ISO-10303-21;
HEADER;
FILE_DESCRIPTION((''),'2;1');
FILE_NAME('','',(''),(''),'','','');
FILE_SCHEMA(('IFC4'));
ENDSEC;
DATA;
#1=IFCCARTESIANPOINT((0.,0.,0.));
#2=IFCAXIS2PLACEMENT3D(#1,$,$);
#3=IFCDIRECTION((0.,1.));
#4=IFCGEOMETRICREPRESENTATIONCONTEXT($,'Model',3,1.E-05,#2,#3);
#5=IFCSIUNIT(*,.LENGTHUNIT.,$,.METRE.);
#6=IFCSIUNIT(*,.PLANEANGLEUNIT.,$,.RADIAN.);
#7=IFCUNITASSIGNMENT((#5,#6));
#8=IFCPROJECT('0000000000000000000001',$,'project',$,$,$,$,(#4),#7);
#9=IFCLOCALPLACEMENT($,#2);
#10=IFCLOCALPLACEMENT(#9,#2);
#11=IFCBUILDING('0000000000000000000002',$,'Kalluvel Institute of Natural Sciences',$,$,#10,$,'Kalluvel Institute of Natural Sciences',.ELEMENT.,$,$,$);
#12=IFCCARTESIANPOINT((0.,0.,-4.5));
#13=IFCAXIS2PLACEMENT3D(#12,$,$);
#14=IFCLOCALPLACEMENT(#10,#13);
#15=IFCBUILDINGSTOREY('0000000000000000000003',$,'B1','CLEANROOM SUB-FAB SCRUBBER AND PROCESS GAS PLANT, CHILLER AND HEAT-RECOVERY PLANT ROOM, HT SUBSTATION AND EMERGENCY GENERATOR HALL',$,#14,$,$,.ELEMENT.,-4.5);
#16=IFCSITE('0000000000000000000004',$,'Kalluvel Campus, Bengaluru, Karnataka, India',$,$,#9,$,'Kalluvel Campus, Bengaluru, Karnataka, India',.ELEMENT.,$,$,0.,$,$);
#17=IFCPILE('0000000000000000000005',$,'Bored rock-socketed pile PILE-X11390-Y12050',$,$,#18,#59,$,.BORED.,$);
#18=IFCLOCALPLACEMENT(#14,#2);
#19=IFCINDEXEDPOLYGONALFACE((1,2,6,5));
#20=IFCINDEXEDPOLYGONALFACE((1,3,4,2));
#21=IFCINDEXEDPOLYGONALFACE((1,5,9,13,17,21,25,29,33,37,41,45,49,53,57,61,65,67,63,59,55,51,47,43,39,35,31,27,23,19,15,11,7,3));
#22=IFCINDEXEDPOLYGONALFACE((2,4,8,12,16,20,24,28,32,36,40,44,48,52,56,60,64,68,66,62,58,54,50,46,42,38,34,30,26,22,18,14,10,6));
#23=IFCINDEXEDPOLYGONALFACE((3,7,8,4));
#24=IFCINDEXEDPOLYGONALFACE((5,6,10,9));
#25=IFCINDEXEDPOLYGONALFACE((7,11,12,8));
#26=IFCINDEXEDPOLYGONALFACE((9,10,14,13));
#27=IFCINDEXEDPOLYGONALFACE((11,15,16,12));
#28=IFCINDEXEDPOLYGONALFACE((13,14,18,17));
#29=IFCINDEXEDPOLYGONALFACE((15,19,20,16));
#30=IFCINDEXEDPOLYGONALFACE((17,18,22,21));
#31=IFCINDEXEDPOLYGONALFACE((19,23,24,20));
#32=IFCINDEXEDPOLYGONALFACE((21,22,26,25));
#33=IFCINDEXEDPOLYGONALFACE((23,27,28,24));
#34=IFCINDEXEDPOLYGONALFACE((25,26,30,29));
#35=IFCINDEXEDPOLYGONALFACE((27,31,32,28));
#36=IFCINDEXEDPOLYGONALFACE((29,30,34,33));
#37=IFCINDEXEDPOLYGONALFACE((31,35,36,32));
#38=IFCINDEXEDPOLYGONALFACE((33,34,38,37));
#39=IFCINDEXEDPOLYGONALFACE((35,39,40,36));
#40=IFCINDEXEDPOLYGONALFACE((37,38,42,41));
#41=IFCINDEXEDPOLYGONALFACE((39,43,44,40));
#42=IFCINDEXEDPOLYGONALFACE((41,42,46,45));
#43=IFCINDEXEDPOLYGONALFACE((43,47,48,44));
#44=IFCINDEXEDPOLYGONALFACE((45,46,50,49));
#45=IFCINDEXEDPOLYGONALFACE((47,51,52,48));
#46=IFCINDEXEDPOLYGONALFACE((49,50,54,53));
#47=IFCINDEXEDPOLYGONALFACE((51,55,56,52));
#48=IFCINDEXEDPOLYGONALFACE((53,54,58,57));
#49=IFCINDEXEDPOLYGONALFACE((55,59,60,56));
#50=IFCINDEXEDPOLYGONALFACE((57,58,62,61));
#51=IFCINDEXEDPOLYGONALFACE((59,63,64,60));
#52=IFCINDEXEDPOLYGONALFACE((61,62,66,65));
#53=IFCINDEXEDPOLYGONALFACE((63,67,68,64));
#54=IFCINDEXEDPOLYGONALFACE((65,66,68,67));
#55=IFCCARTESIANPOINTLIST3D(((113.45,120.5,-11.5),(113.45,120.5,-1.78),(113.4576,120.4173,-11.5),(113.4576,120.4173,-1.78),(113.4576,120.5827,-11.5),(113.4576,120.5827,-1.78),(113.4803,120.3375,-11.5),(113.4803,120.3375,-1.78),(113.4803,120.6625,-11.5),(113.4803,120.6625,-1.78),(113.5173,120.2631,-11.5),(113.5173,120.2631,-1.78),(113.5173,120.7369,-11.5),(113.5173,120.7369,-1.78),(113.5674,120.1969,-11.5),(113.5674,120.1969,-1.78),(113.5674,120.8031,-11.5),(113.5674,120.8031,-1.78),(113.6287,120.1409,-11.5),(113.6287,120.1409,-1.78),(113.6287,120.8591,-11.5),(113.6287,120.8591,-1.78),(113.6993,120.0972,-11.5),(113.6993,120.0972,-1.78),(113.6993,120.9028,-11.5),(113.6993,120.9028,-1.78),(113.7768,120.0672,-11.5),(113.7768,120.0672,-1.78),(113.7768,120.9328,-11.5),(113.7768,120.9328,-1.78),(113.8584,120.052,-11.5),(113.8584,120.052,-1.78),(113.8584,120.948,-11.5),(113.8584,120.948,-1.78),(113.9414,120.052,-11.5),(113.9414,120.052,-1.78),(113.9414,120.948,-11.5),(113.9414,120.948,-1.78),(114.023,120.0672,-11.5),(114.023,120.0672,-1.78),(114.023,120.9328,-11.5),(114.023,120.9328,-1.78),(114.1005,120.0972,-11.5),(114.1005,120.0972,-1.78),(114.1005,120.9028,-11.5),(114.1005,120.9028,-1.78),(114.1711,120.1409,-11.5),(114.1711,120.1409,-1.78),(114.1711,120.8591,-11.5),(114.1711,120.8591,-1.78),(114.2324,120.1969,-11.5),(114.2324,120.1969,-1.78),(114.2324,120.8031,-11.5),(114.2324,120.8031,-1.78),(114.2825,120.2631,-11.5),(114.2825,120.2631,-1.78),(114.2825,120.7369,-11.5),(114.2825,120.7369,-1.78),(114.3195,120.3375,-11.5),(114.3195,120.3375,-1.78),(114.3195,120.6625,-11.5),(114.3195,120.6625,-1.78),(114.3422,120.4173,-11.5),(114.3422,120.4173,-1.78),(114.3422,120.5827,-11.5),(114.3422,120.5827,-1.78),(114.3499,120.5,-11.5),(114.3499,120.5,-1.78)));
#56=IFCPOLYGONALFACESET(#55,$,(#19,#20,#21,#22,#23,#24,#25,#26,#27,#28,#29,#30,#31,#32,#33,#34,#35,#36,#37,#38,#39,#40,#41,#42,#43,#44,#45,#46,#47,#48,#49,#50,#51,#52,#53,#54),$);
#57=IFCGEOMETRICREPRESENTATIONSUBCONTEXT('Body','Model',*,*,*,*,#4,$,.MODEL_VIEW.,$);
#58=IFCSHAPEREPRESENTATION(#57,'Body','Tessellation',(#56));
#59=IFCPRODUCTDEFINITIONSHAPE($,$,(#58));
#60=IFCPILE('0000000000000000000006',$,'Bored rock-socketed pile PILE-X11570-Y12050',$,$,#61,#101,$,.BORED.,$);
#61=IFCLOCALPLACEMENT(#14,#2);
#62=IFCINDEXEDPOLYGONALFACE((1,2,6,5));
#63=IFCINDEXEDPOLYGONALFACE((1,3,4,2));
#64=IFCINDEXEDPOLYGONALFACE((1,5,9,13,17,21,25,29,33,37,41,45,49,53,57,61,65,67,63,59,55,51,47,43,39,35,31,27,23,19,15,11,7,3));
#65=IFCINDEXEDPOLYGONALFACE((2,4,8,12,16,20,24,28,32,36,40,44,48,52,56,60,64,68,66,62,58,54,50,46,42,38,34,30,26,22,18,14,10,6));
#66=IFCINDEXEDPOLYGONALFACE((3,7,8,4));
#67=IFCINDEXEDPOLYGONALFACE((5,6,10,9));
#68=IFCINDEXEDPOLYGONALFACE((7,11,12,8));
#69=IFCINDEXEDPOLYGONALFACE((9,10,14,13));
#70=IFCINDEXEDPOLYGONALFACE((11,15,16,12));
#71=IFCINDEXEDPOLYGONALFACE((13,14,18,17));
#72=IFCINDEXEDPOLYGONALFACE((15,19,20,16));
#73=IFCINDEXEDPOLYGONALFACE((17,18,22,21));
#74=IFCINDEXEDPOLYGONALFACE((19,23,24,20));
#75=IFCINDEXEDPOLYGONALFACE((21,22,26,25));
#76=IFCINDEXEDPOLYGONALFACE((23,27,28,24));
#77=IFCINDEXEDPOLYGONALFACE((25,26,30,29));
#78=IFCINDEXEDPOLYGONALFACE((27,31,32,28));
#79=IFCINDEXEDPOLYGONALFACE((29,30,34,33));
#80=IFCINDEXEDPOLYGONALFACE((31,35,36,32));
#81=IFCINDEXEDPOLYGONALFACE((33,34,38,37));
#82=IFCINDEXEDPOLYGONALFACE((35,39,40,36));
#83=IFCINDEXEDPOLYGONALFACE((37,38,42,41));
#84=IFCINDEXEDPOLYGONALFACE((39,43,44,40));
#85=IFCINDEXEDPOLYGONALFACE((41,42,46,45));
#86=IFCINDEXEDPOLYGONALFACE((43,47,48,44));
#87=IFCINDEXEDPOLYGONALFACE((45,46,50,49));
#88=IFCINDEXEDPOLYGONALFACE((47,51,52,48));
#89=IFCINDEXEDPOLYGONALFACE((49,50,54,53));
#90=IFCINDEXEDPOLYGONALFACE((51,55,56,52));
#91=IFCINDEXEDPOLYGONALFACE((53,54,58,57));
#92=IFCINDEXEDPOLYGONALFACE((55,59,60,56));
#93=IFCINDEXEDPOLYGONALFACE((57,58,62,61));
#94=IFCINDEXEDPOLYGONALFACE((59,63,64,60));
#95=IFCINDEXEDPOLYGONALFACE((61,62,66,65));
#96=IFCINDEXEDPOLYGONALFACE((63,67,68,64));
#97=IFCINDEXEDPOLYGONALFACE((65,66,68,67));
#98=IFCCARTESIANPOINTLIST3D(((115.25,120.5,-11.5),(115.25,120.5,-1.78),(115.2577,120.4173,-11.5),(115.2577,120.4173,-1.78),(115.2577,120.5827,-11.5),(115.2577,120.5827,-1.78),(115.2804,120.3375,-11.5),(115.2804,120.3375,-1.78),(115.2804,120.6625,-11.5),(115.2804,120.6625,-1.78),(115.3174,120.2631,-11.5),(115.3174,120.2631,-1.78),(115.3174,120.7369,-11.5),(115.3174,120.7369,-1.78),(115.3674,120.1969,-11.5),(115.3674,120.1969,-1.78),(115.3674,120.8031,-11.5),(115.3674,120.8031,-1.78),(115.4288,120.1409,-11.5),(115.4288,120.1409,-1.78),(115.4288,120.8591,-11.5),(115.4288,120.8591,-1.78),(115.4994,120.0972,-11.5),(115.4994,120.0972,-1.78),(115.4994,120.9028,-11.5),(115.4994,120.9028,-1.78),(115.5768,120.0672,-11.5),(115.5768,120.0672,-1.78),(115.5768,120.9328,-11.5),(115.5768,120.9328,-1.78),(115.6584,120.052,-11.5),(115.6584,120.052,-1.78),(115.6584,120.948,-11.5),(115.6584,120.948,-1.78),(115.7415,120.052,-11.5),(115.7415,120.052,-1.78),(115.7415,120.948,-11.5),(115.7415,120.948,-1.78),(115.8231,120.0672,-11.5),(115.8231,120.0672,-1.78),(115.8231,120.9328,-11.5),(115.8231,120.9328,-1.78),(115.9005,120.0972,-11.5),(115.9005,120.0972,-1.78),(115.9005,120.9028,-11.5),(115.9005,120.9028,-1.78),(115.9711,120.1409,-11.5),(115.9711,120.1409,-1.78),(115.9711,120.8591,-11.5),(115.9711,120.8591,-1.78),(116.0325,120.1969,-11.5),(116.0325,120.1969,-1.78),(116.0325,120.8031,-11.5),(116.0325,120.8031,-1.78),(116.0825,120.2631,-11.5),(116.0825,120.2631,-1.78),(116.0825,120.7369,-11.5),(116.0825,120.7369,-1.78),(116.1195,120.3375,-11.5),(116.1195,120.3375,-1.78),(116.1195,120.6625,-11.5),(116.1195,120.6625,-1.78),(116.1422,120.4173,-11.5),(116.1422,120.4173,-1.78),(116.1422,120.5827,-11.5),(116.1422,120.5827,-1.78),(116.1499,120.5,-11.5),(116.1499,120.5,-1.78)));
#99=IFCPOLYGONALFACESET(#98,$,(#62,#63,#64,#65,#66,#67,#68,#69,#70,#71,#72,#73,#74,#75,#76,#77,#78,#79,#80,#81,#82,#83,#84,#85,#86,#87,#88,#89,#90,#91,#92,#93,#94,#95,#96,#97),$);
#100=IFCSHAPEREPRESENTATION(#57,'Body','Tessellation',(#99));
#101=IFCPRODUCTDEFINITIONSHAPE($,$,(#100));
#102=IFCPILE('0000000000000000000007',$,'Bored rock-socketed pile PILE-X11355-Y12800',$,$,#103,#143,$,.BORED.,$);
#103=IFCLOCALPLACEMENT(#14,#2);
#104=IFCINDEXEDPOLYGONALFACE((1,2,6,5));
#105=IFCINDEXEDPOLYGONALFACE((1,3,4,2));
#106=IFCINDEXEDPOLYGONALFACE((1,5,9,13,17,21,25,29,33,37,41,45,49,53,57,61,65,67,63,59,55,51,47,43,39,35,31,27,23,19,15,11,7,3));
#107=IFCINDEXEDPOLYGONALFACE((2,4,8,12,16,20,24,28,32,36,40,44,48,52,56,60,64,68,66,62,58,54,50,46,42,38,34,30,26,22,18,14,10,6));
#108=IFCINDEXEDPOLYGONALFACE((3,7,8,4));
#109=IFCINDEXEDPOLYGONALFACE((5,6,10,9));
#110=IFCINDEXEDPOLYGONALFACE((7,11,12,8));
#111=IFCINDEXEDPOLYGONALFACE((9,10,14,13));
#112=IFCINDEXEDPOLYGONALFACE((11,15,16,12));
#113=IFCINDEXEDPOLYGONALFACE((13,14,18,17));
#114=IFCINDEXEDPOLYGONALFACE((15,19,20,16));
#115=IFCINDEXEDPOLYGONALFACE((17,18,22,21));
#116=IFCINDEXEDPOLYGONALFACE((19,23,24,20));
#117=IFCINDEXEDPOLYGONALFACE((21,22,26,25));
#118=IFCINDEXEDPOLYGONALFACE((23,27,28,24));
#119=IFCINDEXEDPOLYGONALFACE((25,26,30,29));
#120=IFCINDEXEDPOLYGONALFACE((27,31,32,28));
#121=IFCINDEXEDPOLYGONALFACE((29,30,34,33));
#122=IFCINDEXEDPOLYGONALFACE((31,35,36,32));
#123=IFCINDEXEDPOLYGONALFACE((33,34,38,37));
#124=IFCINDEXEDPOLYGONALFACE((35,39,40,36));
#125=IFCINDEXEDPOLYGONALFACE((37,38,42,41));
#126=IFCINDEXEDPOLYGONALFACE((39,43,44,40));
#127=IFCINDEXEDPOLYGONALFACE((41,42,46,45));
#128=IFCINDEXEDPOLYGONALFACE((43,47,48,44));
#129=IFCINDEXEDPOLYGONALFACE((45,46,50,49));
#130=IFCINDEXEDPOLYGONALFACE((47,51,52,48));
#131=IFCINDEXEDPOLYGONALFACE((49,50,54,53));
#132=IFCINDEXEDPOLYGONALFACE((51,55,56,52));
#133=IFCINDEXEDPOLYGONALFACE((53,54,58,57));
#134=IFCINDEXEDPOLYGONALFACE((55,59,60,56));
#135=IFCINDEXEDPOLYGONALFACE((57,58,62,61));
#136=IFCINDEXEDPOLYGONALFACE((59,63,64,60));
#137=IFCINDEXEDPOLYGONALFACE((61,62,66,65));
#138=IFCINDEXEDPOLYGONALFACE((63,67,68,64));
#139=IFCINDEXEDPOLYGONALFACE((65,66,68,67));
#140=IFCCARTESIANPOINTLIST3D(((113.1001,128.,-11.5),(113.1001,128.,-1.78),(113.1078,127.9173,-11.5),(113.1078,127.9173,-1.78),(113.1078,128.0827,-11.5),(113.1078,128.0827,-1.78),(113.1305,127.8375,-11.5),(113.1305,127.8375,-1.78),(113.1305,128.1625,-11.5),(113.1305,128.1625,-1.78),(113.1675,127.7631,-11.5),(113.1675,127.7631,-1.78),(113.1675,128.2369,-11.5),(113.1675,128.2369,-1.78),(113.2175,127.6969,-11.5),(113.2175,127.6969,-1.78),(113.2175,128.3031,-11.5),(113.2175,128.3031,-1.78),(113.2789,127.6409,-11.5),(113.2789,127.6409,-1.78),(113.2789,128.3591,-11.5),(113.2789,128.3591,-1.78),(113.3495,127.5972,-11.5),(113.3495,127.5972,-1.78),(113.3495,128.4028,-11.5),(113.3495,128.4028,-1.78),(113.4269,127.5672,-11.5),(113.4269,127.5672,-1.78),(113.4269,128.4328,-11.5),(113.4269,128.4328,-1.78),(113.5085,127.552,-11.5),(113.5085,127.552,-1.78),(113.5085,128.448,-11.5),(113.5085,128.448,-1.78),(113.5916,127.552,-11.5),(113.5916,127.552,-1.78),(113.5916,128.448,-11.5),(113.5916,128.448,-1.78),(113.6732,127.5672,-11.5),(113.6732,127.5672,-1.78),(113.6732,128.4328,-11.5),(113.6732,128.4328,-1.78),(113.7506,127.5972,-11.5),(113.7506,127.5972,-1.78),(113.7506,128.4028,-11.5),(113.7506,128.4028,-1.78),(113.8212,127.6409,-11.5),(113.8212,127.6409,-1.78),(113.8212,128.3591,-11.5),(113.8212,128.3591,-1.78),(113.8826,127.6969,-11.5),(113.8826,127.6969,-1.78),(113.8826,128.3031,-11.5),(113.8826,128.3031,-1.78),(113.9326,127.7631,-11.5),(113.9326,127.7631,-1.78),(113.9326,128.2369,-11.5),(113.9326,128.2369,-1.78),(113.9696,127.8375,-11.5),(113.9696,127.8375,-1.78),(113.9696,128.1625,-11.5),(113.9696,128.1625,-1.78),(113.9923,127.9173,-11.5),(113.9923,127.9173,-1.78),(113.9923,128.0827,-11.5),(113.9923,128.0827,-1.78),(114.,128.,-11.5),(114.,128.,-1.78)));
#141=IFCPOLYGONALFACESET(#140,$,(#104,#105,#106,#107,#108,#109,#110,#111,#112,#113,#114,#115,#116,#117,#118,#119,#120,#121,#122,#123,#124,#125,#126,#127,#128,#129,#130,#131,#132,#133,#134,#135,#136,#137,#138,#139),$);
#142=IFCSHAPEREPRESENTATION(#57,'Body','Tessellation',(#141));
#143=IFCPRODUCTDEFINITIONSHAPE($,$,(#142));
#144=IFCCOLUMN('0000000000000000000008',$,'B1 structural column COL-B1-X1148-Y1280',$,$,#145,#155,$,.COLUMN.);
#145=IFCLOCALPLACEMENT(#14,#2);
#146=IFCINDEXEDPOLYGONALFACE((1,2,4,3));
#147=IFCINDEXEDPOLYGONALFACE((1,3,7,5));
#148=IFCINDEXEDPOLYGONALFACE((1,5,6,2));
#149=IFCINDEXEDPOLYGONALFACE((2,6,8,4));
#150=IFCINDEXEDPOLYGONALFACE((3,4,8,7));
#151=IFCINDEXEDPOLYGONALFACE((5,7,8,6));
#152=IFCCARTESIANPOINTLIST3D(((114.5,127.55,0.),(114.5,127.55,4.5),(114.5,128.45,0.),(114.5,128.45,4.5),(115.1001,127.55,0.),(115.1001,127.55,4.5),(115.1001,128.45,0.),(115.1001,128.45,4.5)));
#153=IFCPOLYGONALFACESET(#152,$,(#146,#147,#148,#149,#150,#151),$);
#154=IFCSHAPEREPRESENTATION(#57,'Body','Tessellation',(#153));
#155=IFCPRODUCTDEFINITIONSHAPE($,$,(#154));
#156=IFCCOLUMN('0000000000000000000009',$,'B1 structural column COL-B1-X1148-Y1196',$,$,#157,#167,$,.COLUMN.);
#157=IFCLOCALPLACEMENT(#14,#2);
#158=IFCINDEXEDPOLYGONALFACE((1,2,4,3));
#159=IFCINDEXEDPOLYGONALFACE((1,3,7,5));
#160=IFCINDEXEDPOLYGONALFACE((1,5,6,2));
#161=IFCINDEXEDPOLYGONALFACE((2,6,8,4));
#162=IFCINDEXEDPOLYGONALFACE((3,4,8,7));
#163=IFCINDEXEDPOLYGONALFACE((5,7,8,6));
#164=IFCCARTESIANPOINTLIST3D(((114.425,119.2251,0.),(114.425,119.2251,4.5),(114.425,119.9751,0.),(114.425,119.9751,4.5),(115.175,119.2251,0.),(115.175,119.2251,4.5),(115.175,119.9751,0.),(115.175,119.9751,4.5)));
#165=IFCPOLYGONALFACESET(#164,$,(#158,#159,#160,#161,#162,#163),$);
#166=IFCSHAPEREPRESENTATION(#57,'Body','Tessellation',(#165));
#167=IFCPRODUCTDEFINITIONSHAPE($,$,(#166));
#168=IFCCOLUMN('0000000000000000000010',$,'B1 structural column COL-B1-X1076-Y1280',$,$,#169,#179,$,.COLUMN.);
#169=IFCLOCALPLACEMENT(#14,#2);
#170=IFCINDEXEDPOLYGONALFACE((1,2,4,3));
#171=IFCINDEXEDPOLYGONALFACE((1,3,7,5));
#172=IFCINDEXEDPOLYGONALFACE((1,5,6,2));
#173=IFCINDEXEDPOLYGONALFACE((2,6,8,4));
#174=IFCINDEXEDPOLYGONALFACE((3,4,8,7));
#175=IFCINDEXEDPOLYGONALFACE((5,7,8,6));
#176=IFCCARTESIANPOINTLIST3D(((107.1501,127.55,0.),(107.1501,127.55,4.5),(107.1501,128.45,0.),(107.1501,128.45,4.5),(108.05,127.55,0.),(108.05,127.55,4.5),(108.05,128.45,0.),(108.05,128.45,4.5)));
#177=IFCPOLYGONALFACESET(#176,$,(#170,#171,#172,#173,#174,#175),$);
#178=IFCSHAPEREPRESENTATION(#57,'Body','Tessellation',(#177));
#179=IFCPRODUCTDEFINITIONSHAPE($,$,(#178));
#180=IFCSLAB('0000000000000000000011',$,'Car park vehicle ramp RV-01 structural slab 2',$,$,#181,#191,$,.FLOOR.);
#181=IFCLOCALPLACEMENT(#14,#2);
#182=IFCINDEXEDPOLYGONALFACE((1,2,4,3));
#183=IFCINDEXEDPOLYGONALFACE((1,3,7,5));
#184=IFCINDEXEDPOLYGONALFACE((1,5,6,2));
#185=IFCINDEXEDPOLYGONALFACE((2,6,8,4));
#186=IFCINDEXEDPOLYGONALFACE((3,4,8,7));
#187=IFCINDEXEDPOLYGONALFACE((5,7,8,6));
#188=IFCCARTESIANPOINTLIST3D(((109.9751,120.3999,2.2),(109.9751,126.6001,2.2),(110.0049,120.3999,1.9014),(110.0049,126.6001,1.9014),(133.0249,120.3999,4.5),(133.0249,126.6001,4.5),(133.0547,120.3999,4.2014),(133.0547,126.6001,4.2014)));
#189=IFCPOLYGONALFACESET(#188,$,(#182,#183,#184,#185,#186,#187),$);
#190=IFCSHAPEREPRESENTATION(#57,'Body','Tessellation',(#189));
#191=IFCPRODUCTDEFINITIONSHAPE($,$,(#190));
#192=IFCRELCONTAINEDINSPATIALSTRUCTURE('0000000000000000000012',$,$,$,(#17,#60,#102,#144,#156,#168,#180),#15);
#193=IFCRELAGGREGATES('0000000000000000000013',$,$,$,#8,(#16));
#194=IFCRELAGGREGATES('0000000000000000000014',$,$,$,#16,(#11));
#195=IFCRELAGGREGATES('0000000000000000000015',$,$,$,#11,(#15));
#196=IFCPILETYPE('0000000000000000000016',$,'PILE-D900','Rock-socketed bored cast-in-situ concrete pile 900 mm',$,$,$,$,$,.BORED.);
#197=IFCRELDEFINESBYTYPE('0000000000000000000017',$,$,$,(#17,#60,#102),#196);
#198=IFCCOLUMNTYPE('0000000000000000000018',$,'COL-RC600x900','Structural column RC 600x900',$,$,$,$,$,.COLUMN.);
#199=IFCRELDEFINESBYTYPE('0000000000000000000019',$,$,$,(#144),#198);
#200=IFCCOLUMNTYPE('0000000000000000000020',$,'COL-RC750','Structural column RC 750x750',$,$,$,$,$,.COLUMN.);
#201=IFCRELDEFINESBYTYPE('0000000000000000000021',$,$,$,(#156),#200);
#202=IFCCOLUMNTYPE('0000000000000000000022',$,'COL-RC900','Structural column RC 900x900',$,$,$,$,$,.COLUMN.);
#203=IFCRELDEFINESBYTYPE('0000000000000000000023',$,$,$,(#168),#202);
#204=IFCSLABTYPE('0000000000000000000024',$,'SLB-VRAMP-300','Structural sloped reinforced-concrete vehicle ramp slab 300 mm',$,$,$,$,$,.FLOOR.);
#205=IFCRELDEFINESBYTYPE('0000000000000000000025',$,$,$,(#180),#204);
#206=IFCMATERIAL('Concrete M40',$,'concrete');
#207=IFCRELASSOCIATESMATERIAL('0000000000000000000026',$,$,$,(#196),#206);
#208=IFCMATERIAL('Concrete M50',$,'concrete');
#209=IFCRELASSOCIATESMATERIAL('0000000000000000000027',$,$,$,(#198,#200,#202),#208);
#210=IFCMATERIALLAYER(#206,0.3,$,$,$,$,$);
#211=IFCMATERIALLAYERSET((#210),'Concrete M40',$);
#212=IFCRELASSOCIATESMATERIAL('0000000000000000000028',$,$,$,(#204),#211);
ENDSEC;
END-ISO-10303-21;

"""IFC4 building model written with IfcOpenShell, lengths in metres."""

from ifc_helpers import new_model, si_unit, direction, frame, origin, origin_2d, place, context, subcontext, project, spatial, polyline, rectangle, circle, outline, extrude, material, layer, layer_set, material_profile, profile_set, type_object, element, save


model = new_model("IFC4")

# Units and contexts
model_context = context("Model", 3, precision=1e-05, world=origin(), true_north=direction((0.0, 1.0)))
body_context = subcontext(model_context, "Body", "Model", "MODEL_VIEW")
ifc_project = project(units=[si_unit("LENGTHUNIT", "METRE"), si_unit("PLANEANGLEUNIT", "RADIAN")], contexts=[model_context])

# Site, building, storey
site_placement = place(None, origin())
site = spatial("IfcSite", under=ifc_project, at=site_placement, Name="Kalluvel Campus, Bengaluru, Karnataka, India", LongName="Kalluvel Campus, Bengaluru, Karnataka, India", CompositionType="ELEMENT", RefElevation=0.0)
building_placement = place(site_placement, origin())
building = spatial("IfcBuilding", under=site, at=building_placement, Name="Kalluvel Institute of Natural Sciences", LongName="Kalluvel Institute of Natural Sciences", CompositionType="ELEMENT")
storey_placement = place(building_placement, frame((0.0, 0.0, -4.5)))
storey = spatial("IfcBuildingStorey", under=building, at=storey_placement, Name="B1", Description="CLEANROOM SUB-FAB SCRUBBER AND PROCESS GAS PLANT, CHILLER AND HEAT-RECOVERY PLANT ROOM, HT SUBSTATION AND EMERGENCY GENERATOR HALL", CompositionType="ELEMENT", Elevation=-4.5)

# Shared definitions
ifc_material_1 = material(Name="Concrete M40", Category="concrete")

# Piles
ifc_material_profile_1 = material_profile(ifc_material_1, circle(Radius=0.45, at=origin_2d()), Name="PILE D900")
ifc_profile_set_1 = profile_set([ifc_material_profile_1], Name="Concrete M40")
pile_type_1 = type_object("IfcPileType", Name="PILE-D900", Description="Rock-socketed bored cast-in-situ concrete pile 900 mm", PredefinedType="BORED", material=ifc_profile_set_1)
for number, where, z_axis, x_axis, name in (
    (1, (113.8999, 120.5, -1.78), (0.0, 0.0, -1.0), (1.0, 0.0, 0.0), "Bored rock-socketed pile PILE-X11390-Y12050"),
    (2, (115.7, 120.5, -1.78), (0.0, 0.0, -1.0), (1.0, 0.0, 0.0), "Bored rock-socketed pile PILE-X11570-Y12050"),
    (3, (113.55, 128.0, -1.78), (0.0, 0.0, -1.0), (1.0, 0.0, 0.0), "Bored rock-socketed pile PILE-X11355-Y12800"),
):
    element("IfcPile", number, at=place(storey_placement, frame(where, z_axis=z_axis, x_axis=x_axis)), inside=storey, type_object=pile_type_1, Name=name, PredefinedType="BORED", context=body_context, shape_type="SweptSolid", body=[
        extrude(circle(Radius=0.45, at=origin_2d()), origin(), (0.0, 0.0, 1.0), 9.72),
    ])

# Columns
ifc_material_2 = material(Name="Concrete M50", Category="concrete")
ifc_material_profile_2 = material_profile(ifc_material_2, rectangle(XDim=0.6001, YDim=0.8999, at=origin_2d()), Name="RC 600x900")
ifc_profile_set_2 = profile_set([ifc_material_profile_2], Name="Concrete M50")
column_type_1 = type_object("IfcColumnType", Name="COL-RC600x900", Description="Structural column RC 600x900", PredefinedType="COLUMN", material=ifc_profile_set_2)
column_1_placement = place(storey_placement, frame((114.8, 128.0, 0.0), z_axis=(0.0, 0.0, 1.0), x_axis=(1.0, 0.0, 0.0)))
element("IfcColumn", 4, at=column_1_placement, inside=storey, type_object=column_type_1, Name="B1 structural column COL-B1-X1148-Y1280", PredefinedType="COLUMN", context=body_context, shape_type="SweptSolid", body=[
    extrude(rectangle(XDim=0.6001, YDim=0.8999, at=origin_2d()), origin(), (0.0, 0.0, 1.0), 4.5),
])
ifc_material_profile_3 = material_profile(ifc_material_2, rectangle(XDim=0.75, YDim=0.75, at=origin_2d()), Name="RC 750x750")
ifc_profile_set_3 = profile_set([ifc_material_profile_3], Name="Concrete M50")
column_type_2 = type_object("IfcColumnType", Name="COL-RC750", Description="Structural column RC 750x750", PredefinedType="COLUMN", material=ifc_profile_set_3)
column_2_placement = place(storey_placement, frame((114.8, 119.6001, 0.0), z_axis=(0.0, 0.0, 1.0), x_axis=(1.0, 0.0, 0.0)))
element("IfcColumn", 5, at=column_2_placement, inside=storey, type_object=column_type_2, Name="B1 structural column COL-B1-X1148-Y1196", PredefinedType="COLUMN", context=body_context, shape_type="SweptSolid", body=[
    extrude(rectangle(XDim=0.75, YDim=0.75, at=origin_2d()), origin(), (0.0, 0.0, 1.0), 4.5),
])
ifc_material_profile_4 = material_profile(ifc_material_2, rectangle(XDim=0.8999, YDim=0.8999, at=origin_2d()), Name="RC 900x900")
ifc_profile_set_4 = profile_set([ifc_material_profile_4], Name="Concrete M50")
column_type_3 = type_object("IfcColumnType", Name="COL-RC900", Description="Structural column RC 900x900", PredefinedType="COLUMN", material=ifc_profile_set_4)
column_3_placement = place(storey_placement, frame((107.6001, 128.0, 0.0), z_axis=(0.0, 0.0, 1.0), x_axis=(1.0, 0.0, 0.0)))
element("IfcColumn", 6, at=column_3_placement, inside=storey, type_object=column_type_3, Name="B1 structural column COL-B1-X1076-Y1280", PredefinedType="COLUMN", context=body_context, shape_type="SweptSolid", body=[
    extrude(rectangle(XDim=0.8999, YDim=0.8999, at=origin_2d()), origin(), (0.0, 0.0, 1.0), 4.5),
])

# Slab
ifc_layer_1 = layer(ifc_material_1, 0.3)
ifc_layer_set_1 = layer_set([ifc_layer_1], Name="Concrete M40")
slab_type = type_object("IfcSlabType", Name="SLB-VRAMP-300", Description="Structural sloped reinforced-concrete vehicle ramp slab 300 mm", PredefinedType="FLOOR", material=ifc_layer_set_1)
slab_placement = place(storey_placement, frame((109.9751, 120.3999, 2.2), z_axis=(-0.099293, 0.0, 0.995058), x_axis=(0.995058, 0.0, 0.099293)))
element("IfcSlab", 7, at=slab_placement, inside=storey, type_object=slab_type, Name="Car park vehicle ramp RV-01 structural slab 2", PredefinedType="FLOOR", context=body_context, shape_type="SweptSolid", body=[
    extrude(outline(polyline([(0.0, 0.0), (23.1643, 0.0), (23.1643, 6.2002), (0.0, 6.2002), (0.0, 0.0)])), origin(), (0.0, 0.0, -1.0), 0.3),
])

save(model, "model.ifc")
